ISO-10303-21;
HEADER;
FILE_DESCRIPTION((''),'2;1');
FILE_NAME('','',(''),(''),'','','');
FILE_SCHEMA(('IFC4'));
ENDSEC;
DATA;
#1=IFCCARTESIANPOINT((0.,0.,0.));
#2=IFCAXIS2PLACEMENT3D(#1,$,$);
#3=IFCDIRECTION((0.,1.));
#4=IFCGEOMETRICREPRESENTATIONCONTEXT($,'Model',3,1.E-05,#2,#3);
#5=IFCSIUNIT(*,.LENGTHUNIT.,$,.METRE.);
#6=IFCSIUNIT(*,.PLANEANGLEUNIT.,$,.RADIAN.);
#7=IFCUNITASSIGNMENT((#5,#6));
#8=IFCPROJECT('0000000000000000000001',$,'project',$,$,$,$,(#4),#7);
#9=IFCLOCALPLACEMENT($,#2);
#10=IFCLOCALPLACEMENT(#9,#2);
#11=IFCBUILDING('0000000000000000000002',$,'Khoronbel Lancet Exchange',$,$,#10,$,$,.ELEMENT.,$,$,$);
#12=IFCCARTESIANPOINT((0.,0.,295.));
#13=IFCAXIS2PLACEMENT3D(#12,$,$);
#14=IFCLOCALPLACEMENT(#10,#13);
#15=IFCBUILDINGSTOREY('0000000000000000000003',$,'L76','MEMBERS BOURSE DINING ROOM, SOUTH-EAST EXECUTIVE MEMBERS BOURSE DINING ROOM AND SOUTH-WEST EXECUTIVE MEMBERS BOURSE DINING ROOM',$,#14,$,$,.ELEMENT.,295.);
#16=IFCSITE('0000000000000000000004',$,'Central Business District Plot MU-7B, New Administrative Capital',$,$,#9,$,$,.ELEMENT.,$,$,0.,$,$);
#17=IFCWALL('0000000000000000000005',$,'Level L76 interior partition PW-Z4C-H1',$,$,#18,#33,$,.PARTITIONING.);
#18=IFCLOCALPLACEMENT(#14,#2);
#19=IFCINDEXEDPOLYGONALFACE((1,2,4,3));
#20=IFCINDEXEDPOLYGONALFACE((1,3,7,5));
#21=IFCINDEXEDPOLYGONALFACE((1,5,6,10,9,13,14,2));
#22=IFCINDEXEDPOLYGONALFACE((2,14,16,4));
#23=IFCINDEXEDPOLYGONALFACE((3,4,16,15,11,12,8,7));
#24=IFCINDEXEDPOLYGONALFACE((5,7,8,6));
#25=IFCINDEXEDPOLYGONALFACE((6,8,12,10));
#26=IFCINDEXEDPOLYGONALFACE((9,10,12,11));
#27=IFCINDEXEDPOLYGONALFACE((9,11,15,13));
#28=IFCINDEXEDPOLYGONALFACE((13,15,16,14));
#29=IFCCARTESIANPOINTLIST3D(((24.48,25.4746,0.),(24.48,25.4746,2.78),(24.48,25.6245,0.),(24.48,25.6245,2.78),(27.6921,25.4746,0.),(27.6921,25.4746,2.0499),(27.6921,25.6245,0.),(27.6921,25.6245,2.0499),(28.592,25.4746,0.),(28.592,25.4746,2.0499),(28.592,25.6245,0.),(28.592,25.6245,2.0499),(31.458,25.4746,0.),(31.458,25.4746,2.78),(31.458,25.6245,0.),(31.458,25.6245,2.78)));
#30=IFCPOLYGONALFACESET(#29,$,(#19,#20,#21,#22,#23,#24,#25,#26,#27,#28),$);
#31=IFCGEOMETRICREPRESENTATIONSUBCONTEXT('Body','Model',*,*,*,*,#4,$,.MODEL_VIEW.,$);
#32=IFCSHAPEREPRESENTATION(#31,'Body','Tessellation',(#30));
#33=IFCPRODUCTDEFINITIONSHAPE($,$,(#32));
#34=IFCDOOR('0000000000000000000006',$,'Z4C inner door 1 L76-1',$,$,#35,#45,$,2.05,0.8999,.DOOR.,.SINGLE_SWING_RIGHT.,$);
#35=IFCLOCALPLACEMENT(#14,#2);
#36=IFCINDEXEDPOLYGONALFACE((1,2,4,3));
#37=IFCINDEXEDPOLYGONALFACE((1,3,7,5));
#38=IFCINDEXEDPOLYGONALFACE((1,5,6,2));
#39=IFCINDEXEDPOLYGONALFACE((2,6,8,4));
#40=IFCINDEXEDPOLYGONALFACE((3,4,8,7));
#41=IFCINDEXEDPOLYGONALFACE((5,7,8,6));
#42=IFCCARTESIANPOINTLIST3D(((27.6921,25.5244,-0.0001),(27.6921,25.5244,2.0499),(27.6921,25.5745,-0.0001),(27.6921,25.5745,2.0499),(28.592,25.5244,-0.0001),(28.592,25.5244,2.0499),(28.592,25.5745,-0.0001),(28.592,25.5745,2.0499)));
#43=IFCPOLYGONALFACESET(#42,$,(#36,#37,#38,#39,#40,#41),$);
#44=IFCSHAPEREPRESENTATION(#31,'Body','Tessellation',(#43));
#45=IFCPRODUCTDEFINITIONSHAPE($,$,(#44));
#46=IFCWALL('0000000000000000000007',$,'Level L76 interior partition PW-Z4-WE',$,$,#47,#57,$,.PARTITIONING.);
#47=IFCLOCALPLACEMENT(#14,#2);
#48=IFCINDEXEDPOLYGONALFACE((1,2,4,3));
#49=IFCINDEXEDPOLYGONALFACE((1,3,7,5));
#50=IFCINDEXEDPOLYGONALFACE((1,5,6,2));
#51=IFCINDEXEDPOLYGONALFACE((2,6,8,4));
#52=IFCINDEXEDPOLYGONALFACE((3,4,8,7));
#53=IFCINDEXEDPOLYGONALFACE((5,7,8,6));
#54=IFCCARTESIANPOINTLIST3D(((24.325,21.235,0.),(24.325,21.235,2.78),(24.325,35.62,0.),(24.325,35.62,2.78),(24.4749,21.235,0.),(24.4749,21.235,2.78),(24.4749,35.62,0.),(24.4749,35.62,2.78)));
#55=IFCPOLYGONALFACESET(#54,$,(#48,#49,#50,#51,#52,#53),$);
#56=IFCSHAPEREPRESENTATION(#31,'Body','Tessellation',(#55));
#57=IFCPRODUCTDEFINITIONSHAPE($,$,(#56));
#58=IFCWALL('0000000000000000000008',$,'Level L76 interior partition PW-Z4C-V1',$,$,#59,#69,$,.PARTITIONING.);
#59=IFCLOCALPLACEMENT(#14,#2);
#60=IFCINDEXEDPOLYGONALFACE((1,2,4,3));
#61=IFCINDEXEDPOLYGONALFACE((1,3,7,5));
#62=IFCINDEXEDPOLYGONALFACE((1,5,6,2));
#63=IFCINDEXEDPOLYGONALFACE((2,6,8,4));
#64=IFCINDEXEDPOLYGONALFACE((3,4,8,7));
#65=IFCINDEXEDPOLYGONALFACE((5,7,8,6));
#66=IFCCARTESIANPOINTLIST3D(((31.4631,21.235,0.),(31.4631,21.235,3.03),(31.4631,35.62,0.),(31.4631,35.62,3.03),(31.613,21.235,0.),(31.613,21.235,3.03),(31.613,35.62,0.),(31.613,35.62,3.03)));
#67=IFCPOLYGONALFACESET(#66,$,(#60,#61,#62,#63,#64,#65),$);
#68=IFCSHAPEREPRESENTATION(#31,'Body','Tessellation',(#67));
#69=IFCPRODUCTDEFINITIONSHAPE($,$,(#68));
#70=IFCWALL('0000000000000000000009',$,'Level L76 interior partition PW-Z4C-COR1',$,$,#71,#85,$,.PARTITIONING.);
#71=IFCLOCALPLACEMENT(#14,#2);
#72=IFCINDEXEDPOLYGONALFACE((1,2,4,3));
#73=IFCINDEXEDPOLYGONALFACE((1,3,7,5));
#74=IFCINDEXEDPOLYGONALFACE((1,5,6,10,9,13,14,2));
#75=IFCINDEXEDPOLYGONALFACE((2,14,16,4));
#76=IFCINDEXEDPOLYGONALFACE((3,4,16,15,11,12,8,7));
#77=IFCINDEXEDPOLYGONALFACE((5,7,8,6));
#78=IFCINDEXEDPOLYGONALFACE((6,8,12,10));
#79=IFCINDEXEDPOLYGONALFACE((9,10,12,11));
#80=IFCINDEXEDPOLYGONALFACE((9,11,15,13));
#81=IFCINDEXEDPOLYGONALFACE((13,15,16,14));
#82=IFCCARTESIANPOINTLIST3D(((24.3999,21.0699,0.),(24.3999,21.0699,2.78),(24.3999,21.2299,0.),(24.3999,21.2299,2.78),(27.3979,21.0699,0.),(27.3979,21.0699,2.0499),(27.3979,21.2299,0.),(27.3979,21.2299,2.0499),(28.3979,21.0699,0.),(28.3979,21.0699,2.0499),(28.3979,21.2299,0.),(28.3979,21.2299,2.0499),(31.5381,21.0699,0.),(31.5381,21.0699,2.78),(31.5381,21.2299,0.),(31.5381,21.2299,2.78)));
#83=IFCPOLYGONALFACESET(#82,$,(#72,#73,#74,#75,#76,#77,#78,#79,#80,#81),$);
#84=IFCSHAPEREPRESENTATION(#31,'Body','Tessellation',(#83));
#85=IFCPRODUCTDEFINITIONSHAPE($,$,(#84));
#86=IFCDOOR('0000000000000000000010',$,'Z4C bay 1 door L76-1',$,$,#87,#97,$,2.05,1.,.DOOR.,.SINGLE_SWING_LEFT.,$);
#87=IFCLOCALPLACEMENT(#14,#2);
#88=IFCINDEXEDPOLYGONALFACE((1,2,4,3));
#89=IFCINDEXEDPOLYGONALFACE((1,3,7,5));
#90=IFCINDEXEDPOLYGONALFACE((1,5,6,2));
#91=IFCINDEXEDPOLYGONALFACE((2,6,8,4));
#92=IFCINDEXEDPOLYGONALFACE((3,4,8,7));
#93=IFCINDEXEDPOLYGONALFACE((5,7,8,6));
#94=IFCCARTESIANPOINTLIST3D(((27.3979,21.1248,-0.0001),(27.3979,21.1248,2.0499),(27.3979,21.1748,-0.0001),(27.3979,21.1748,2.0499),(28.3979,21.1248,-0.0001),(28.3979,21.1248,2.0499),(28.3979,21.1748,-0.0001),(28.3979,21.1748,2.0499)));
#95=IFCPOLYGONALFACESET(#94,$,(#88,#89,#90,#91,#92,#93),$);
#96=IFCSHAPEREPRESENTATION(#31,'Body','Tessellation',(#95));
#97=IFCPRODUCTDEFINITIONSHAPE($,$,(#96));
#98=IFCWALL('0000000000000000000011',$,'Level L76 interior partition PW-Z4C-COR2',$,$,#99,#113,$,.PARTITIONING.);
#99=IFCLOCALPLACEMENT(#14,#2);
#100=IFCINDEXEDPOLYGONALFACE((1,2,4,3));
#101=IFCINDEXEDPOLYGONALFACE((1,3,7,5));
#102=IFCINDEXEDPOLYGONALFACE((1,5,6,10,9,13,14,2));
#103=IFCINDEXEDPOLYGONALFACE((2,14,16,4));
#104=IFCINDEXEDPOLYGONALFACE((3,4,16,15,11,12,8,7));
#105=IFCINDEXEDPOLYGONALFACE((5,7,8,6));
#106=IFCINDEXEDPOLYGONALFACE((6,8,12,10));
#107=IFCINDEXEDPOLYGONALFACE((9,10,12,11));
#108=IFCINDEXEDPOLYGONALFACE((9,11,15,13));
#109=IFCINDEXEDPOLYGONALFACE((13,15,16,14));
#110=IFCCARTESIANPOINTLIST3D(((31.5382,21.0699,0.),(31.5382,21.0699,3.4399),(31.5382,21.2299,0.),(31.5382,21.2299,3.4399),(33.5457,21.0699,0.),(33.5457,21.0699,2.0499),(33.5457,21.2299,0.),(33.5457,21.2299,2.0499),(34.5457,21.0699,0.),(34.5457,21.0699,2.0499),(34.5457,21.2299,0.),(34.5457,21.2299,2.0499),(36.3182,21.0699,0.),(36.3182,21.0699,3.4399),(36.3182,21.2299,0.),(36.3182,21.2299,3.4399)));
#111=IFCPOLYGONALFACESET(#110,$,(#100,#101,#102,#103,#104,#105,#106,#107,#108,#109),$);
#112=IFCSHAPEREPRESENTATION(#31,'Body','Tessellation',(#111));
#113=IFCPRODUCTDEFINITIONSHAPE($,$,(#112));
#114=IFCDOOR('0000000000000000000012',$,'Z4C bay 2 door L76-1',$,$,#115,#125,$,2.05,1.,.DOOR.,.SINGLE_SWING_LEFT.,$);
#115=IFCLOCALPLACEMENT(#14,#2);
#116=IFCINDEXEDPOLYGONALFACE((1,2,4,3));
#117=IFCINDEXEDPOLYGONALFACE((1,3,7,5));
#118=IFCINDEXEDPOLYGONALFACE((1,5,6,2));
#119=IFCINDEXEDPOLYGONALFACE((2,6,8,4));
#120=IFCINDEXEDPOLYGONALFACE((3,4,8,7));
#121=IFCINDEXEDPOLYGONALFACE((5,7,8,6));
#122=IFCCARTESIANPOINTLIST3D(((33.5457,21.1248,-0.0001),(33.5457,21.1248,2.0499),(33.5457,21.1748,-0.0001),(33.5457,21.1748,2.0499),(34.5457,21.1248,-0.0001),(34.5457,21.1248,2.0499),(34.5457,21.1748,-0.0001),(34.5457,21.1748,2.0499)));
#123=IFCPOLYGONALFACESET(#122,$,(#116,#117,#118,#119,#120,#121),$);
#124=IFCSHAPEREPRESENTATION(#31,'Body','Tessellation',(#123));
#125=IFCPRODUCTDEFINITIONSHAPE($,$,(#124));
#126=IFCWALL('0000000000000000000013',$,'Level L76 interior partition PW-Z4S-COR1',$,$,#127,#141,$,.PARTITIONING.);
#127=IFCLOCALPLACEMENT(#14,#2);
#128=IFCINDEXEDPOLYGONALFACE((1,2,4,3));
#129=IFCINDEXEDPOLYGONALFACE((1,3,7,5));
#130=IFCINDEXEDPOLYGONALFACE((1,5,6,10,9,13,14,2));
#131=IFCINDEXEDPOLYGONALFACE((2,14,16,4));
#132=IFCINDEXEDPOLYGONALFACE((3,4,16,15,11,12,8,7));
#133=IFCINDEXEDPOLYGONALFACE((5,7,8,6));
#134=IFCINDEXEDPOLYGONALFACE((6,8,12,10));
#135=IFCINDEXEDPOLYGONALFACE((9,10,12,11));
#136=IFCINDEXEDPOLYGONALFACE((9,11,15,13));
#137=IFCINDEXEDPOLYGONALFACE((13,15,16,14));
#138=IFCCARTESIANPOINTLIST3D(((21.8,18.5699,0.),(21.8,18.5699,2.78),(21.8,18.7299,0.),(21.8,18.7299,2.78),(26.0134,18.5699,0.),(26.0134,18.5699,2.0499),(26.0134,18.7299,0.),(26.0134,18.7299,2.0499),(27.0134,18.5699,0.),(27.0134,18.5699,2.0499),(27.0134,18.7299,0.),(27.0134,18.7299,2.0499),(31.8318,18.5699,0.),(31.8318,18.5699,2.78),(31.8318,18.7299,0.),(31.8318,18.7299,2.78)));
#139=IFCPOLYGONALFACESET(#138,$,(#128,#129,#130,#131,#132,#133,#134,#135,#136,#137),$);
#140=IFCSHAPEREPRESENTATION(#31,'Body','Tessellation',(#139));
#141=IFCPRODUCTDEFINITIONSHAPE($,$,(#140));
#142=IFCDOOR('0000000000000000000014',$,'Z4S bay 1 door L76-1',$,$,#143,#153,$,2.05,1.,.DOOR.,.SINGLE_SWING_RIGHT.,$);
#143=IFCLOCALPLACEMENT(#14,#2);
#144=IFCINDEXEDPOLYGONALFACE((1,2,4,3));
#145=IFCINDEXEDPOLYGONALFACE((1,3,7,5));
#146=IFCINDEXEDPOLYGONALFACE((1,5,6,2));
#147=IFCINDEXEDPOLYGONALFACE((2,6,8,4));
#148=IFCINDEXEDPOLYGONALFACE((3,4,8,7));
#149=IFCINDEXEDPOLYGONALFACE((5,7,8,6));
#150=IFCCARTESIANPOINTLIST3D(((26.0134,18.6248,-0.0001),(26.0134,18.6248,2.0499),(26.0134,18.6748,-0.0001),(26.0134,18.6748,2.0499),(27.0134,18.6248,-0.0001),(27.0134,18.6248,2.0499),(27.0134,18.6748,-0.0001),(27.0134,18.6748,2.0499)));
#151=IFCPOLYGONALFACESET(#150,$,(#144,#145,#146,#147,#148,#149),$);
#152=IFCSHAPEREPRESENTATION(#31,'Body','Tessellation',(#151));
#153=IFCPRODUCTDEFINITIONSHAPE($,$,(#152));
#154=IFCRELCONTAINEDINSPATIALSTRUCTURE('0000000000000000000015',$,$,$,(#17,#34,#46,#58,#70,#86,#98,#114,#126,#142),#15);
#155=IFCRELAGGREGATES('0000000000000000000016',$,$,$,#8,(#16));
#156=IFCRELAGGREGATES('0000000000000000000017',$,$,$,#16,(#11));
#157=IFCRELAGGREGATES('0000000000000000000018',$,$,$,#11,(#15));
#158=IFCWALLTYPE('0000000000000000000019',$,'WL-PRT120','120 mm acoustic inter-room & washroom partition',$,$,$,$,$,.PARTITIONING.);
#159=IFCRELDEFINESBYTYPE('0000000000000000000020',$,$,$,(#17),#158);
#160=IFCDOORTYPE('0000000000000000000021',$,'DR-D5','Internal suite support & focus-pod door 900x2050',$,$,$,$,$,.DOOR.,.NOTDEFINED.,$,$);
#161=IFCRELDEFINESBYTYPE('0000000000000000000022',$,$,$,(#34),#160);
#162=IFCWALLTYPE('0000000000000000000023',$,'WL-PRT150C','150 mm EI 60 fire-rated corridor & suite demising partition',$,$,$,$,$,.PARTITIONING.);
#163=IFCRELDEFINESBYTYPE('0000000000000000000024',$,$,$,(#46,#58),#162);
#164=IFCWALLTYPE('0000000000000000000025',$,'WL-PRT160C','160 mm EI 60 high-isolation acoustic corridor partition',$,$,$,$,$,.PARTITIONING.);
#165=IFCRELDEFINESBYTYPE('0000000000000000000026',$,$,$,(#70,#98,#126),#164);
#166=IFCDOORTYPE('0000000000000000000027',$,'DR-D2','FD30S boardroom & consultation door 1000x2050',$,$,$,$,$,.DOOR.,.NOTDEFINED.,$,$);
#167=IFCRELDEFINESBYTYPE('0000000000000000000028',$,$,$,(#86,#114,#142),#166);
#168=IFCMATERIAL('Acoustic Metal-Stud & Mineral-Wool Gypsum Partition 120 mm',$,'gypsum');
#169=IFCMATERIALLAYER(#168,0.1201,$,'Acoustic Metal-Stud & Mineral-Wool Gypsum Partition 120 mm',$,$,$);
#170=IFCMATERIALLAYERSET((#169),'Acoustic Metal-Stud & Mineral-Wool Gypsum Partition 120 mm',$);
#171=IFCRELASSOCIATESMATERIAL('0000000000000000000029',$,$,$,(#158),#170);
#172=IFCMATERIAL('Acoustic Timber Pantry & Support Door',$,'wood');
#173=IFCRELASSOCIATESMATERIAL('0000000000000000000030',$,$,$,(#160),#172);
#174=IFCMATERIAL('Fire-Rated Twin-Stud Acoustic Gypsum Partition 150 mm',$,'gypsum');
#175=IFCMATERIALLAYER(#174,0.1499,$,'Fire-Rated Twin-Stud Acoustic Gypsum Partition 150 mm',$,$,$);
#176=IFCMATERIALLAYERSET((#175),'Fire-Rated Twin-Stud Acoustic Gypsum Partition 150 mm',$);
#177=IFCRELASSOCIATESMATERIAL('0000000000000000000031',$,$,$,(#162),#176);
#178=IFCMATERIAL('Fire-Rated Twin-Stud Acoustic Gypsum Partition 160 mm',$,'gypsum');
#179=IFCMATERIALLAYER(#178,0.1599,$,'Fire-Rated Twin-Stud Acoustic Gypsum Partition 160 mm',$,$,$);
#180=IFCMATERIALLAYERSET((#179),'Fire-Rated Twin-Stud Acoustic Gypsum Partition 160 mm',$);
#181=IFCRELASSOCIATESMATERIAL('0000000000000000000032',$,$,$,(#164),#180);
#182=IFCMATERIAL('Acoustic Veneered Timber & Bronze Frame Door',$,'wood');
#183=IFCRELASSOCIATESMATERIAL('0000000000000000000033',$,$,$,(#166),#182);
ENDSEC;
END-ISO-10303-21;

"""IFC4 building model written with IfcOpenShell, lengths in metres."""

from ifc_helpers import new_model, si_unit, direction, frame, frame_2d, origin, place, context, subcontext, project, spatial, rectangle, extrude, material, layer, layer_set, type_object, element, fill, save


model = new_model("IFC4")

# Units and contexts
model_context = context("Model", 3, precision=1e-05, world=origin(), true_north=direction((0.0, 1.0)))
body_context = subcontext(model_context, "Body", "Model", "MODEL_VIEW")
ifc_project = project(units=[si_unit("LENGTHUNIT", "METRE"), si_unit("PLANEANGLEUNIT", "RADIAN")], contexts=[model_context])

# Site, building, storey
site_placement = place(None, origin())
site = spatial("IfcSite", under=ifc_project, at=site_placement, Name="Central Business District Plot MU-7B, New Administrative Capital", CompositionType="ELEMENT", RefElevation=0.0)
building_placement = place(site_placement, origin())
building = spatial("IfcBuilding", under=site, at=building_placement, Name="Khoronbel Lancet Exchange", CompositionType="ELEMENT")
storey_placement = place(building_placement, frame((0.0, 0.0, 295.0)))
storey = spatial("IfcBuildingStorey", under=building, at=storey_placement, Name="L76", Description="MEMBERS BOURSE DINING ROOM, SOUTH-EAST EXECUTIVE MEMBERS BOURSE DINING ROOM AND SOUTH-WEST EXECUTIVE MEMBERS BOURSE DINING ROOM", CompositionType="ELEMENT", Elevation=295.0)

# Wall, opening, door
ifc_material_1 = material(Name="Acoustic Metal-Stud & Mineral-Wool Gypsum Partition 120 mm", Category="gypsum")
ifc_layer_1 = layer(ifc_material_1, 0.1201, Name="Acoustic Metal-Stud & Mineral-Wool Gypsum Partition 120 mm")
ifc_layer_set_1 = layer_set([ifc_layer_1], Name="Acoustic Metal-Stud & Mineral-Wool Gypsum Partition 120 mm")
wall_type_1 = type_object("IfcWallType", Name="WL-PRT120", Description="120 mm acoustic inter-room & washroom partition", PredefinedType="PARTITIONING", material=ifc_layer_set_1)
ifc_material_2 = material(Name="Acoustic Timber Pantry & Support Door", Category="wood")
door_type_1 = type_object("IfcDoorType", Name="DR-D5", Description="Internal suite support & focus-pod door 900x2050", OperationType="NOTDEFINED", PredefinedType="DOOR", material=ifc_material_2)
wall_1_placement = place(storey_placement, frame((24.48, 25.5496, 0.0), z_axis=(0.0, 0.0, 1.0), x_axis=(1.0, 0.0, 0.0)))
wall_1 = element("IfcWall", 1, at=wall_1_placement, inside=storey, type_object=wall_type_1, Name="Level L76 interior partition PW-Z4C-H1", PredefinedType="PARTITIONING", context=body_context, shape_type="SweptSolid", body=[
    extrude(rectangle(XDim=6.978, YDim=0.1499, at=frame_2d((3.489, 0.0))), origin(), (0.0, 0.0, 1.0), 2.78),
])
opening_1_placement = place(wall_1_placement, frame((3.2122, 0.0, 0.0)))
opening_1 = element("IfcOpeningElement", 2, at=opening_1_placement, cuts=wall_1, PredefinedType="OPENING", context=body_context, shape_type="SweptSolid", body=[
    extrude(rectangle(XDim=0.8999, YDim=2.05, at=frame_2d((0.45, 1.0249))), frame((0.0, 0.085, 0.0), z_axis=(0.0, -1.0, 0.0), x_axis=(1.0, 0.0, 0.0)), (0.0, 0.0, 1.0), 0.1699),
])
door_1_placement = place(opening_1_placement, origin())
door_1 = element("IfcDoor", 3, at=door_1_placement, inside=storey, type_object=door_type_1, Name="Z4C inner door 1 L76-1", OperationType="SINGLE_SWING_RIGHT", OverallHeight=2.05, OverallWidth=0.8999, PredefinedType="DOOR", context=body_context, shape_type="SweptSolid", body=[
    extrude(rectangle(XDim=0.8999, YDim=2.05, at=frame_2d((0.45, 1.0249))), frame((0.0, 0.0249, 0.0), z_axis=(0.0, -1.0, 0.0), x_axis=(1.0, 0.0, 0.0)), (0.0, 0.0, 1.0), 0.05),
])
fill(opening_1, door_1)

# Walls
ifc_material_3 = material(Name="Fire-Rated Twin-Stud Acoustic Gypsum Partition 150 mm", Category="gypsum")
ifc_layer_2 = layer(ifc_material_3, 0.1499, Name="Fire-Rated Twin-Stud Acoustic Gypsum Partition 150 mm")
ifc_layer_set_2 = layer_set([ifc_layer_2], Name="Fire-Rated Twin-Stud Acoustic Gypsum Partition 150 mm")
wall_type_2 = type_object("IfcWallType", Name="WL-PRT150C", Description="150 mm EI 60 fire-rated corridor & suite demising partition", PredefinedType="PARTITIONING", material=ifc_layer_set_2)
wall_2_placement = place(storey_placement, frame((24.3999, 21.2351, 0.0), z_axis=(0.0, 0.0, 1.0), x_axis=(0.0, 1.0, 0.0)))
element("IfcWall", 4, at=wall_2_placement, inside=storey, type_object=wall_type_2, Name="Level L76 interior partition PW-Z4-WE", PredefinedType="PARTITIONING", context=body_context, shape_type="SweptSolid", body=[
    extrude(rectangle(XDim=14.385, YDim=0.1499, at=frame_2d((7.1924, 0.0))), origin(), (0.0, 0.0, 1.0), 2.78),
])
wall_3_placement = place(storey_placement, frame((31.5381, 21.2351, 0.0), z_axis=(0.0, 0.0, 1.0), x_axis=(0.0, 1.0, 0.0)))
element("IfcWall", 5, at=wall_3_placement, inside=storey, type_object=wall_type_2, Name="Level L76 interior partition PW-Z4C-V1", PredefinedType="PARTITIONING", context=body_context, shape_type="SweptSolid", body=[
    extrude(rectangle(XDim=14.385, YDim=0.1499, at=frame_2d((7.1924, 0.0))), origin(), (0.0, 0.0, 1.0), 3.03),
])

# Walls, openings, doors
ifc_material_4 = material(Name="Fire-Rated Twin-Stud Acoustic Gypsum Partition 160 mm", Category="gypsum")
ifc_layer_3 = layer(ifc_material_4, 0.1599, Name="Fire-Rated Twin-Stud Acoustic Gypsum Partition 160 mm")
ifc_layer_set_3 = layer_set([ifc_layer_3], Name="Fire-Rated Twin-Stud Acoustic Gypsum Partition 160 mm")
wall_type_3 = type_object("IfcWallType", Name="WL-PRT160C", Description="160 mm EI 60 high-isolation acoustic corridor partition", PredefinedType="PARTITIONING", material=ifc_layer_set_3)
wall_4_placement = place(storey_placement, frame((24.3999, 21.1499, 0.0), z_axis=(0.0, 0.0, 1.0), x_axis=(1.0, 0.0, 0.0)))
wall_4 = element("IfcWall", 6, at=wall_4_placement, inside=storey, type_object=wall_type_3, Name="Level L76 interior partition PW-Z4C-COR1", PredefinedType="PARTITIONING", context=body_context, shape_type="SweptSolid", body=[
    extrude(rectangle(XDim=7.1382, YDim=0.1599, at=frame_2d((3.5691, 0.0))), origin(), (0.0, 0.0, 1.0), 2.78),
])
opening_2_placement = place(wall_4_placement, frame((2.998, 0.0, 0.0)))
opening_2 = element("IfcOpeningElement", 7, at=opening_2_placement, cuts=wall_4, PredefinedType="OPENING", context=body_context, shape_type="SweptSolid", body=[
    extrude(rectangle(XDim=1.0, YDim=2.05, at=frame_2d((0.5, 1.0249))), frame((0.0, 0.0898, 0.0), z_axis=(0.0, -1.0, 0.0), x_axis=(1.0, 0.0, 0.0)), (0.0, 0.0, 1.0), 0.1799),
])
ifc_material_5 = material(Name="Acoustic Veneered Timber & Bronze Frame Door", Category="wood")
door_type_2 = type_object("IfcDoorType", Name="DR-D2", Description="FD30S boardroom & consultation door 1000x2050", OperationType="NOTDEFINED", PredefinedType="DOOR", material=ifc_material_5)
door_2_placement = place(opening_2_placement, origin())
door_2 = element("IfcDoor", 8, at=door_2_placement, inside=storey, type_object=door_type_2, Name="Z4C bay 1 door L76-1", OperationType="SINGLE_SWING_LEFT", OverallHeight=2.05, OverallWidth=1.0, PredefinedType="DOOR", context=body_context, shape_type="SweptSolid", body=[
    extrude(rectangle(XDim=1.0, YDim=2.05, at=frame_2d((0.5, 1.0249))), frame((0.0, 0.0249, 0.0), z_axis=(0.0, -1.0, 0.0), x_axis=(1.0, 0.0, 0.0)), (0.0, 0.0, 1.0), 0.05),
])
fill(opening_2, door_2)
wall_5_placement = place(storey_placement, frame((31.5381, 21.1499, 0.0), z_axis=(0.0, 0.0, 1.0), x_axis=(1.0, 0.0, 0.0)))
wall_5 = element("IfcWall", 9, at=wall_5_placement, inside=storey, type_object=wall_type_3, Name="Level L76 interior partition PW-Z4C-COR2", PredefinedType="PARTITIONING", context=body_context, shape_type="SweptSolid", body=[
    extrude(rectangle(XDim=4.78, YDim=0.1599, at=frame_2d((2.3901, 0.0))), origin(), (0.0, 0.0, 1.0), 3.4399),
])
opening_3_placement = place(wall_5_placement, frame((2.0076, 0.0, 0.0)))
opening_3 = element("IfcOpeningElement", 10, at=opening_3_placement, cuts=wall_5, PredefinedType="OPENING", context=body_context, shape_type="SweptSolid", body=[
    extrude(rectangle(XDim=1.0, YDim=2.05, at=frame_2d((0.5, 1.0249))), frame((0.0, 0.0898, 0.0), z_axis=(0.0, -1.0, 0.0), x_axis=(1.0, 0.0, 0.0)), (0.0, 0.0, 1.0), 0.1799),
])
door_3_placement = place(opening_3_placement, origin())
door_3 = element("IfcDoor", 11, at=door_3_placement, inside=storey, type_object=door_type_2, Name="Z4C bay 2 door L76-1", OperationType="SINGLE_SWING_LEFT", OverallHeight=2.05, OverallWidth=1.0, PredefinedType="DOOR", context=body_context, shape_type="SweptSolid", body=[
    extrude(rectangle(XDim=1.0, YDim=2.05, at=frame_2d((0.5, 1.0249))), frame((0.0, 0.0249, 0.0), z_axis=(0.0, -1.0, 0.0), x_axis=(1.0, 0.0, 0.0)), (0.0, 0.0, 1.0), 0.05),
])
fill(opening_3, door_3)
wall_6_placement = place(storey_placement, frame((21.8, 18.6499, 0.0), z_axis=(0.0, 0.0, 1.0), x_axis=(1.0, 0.0, 0.0)))
wall_6 = element("IfcWall", 12, at=wall_6_placement, inside=storey, type_object=wall_type_3, Name="Level L76 interior partition PW-Z4S-COR1", PredefinedType="PARTITIONING", context=body_context, shape_type="SweptSolid", body=[
    extrude(rectangle(XDim=10.0317, YDim=0.1599, at=frame_2d((5.0159, 0.0))), origin(), (0.0, 0.0, 1.0), 2.78),
])
opening_4_placement = place(wall_6_placement, frame((4.2134, 0.0, 0.0)))
opening_4 = element("IfcOpeningElement", 13, at=opening_4_placement, cuts=wall_6, PredefinedType="OPENING", context=body_context, shape_type="SweptSolid", body=[
    extrude(rectangle(XDim=1.0, YDim=2.05, at=frame_2d((0.5, 1.0249))), frame((0.0, 0.0898, 0.0), z_axis=(0.0, -1.0, 0.0), x_axis=(1.0, 0.0, 0.0)), (0.0, 0.0, 1.0), 0.1799),
])
door_4_placement = place(opening_4_placement, origin())
door_4 = element("IfcDoor", 14, at=door_4_placement, inside=storey, type_object=door_type_2, Name="Z4S bay 1 door L76-1", OperationType="SINGLE_SWING_RIGHT", OverallHeight=2.05, OverallWidth=1.0, PredefinedType="DOOR", context=body_context, shape_type="SweptSolid", body=[
    extrude(rectangle(XDim=1.0, YDim=2.05, at=frame_2d((0.5, 1.0249))), frame((0.0, 0.0249, 0.0), z_axis=(0.0, -1.0, 0.0), x_axis=(1.0, 0.0, 0.0)), (0.0, 0.0, 1.0), 0.05),
])
fill(opening_4, door_4)

save(model, "model.ifc")
